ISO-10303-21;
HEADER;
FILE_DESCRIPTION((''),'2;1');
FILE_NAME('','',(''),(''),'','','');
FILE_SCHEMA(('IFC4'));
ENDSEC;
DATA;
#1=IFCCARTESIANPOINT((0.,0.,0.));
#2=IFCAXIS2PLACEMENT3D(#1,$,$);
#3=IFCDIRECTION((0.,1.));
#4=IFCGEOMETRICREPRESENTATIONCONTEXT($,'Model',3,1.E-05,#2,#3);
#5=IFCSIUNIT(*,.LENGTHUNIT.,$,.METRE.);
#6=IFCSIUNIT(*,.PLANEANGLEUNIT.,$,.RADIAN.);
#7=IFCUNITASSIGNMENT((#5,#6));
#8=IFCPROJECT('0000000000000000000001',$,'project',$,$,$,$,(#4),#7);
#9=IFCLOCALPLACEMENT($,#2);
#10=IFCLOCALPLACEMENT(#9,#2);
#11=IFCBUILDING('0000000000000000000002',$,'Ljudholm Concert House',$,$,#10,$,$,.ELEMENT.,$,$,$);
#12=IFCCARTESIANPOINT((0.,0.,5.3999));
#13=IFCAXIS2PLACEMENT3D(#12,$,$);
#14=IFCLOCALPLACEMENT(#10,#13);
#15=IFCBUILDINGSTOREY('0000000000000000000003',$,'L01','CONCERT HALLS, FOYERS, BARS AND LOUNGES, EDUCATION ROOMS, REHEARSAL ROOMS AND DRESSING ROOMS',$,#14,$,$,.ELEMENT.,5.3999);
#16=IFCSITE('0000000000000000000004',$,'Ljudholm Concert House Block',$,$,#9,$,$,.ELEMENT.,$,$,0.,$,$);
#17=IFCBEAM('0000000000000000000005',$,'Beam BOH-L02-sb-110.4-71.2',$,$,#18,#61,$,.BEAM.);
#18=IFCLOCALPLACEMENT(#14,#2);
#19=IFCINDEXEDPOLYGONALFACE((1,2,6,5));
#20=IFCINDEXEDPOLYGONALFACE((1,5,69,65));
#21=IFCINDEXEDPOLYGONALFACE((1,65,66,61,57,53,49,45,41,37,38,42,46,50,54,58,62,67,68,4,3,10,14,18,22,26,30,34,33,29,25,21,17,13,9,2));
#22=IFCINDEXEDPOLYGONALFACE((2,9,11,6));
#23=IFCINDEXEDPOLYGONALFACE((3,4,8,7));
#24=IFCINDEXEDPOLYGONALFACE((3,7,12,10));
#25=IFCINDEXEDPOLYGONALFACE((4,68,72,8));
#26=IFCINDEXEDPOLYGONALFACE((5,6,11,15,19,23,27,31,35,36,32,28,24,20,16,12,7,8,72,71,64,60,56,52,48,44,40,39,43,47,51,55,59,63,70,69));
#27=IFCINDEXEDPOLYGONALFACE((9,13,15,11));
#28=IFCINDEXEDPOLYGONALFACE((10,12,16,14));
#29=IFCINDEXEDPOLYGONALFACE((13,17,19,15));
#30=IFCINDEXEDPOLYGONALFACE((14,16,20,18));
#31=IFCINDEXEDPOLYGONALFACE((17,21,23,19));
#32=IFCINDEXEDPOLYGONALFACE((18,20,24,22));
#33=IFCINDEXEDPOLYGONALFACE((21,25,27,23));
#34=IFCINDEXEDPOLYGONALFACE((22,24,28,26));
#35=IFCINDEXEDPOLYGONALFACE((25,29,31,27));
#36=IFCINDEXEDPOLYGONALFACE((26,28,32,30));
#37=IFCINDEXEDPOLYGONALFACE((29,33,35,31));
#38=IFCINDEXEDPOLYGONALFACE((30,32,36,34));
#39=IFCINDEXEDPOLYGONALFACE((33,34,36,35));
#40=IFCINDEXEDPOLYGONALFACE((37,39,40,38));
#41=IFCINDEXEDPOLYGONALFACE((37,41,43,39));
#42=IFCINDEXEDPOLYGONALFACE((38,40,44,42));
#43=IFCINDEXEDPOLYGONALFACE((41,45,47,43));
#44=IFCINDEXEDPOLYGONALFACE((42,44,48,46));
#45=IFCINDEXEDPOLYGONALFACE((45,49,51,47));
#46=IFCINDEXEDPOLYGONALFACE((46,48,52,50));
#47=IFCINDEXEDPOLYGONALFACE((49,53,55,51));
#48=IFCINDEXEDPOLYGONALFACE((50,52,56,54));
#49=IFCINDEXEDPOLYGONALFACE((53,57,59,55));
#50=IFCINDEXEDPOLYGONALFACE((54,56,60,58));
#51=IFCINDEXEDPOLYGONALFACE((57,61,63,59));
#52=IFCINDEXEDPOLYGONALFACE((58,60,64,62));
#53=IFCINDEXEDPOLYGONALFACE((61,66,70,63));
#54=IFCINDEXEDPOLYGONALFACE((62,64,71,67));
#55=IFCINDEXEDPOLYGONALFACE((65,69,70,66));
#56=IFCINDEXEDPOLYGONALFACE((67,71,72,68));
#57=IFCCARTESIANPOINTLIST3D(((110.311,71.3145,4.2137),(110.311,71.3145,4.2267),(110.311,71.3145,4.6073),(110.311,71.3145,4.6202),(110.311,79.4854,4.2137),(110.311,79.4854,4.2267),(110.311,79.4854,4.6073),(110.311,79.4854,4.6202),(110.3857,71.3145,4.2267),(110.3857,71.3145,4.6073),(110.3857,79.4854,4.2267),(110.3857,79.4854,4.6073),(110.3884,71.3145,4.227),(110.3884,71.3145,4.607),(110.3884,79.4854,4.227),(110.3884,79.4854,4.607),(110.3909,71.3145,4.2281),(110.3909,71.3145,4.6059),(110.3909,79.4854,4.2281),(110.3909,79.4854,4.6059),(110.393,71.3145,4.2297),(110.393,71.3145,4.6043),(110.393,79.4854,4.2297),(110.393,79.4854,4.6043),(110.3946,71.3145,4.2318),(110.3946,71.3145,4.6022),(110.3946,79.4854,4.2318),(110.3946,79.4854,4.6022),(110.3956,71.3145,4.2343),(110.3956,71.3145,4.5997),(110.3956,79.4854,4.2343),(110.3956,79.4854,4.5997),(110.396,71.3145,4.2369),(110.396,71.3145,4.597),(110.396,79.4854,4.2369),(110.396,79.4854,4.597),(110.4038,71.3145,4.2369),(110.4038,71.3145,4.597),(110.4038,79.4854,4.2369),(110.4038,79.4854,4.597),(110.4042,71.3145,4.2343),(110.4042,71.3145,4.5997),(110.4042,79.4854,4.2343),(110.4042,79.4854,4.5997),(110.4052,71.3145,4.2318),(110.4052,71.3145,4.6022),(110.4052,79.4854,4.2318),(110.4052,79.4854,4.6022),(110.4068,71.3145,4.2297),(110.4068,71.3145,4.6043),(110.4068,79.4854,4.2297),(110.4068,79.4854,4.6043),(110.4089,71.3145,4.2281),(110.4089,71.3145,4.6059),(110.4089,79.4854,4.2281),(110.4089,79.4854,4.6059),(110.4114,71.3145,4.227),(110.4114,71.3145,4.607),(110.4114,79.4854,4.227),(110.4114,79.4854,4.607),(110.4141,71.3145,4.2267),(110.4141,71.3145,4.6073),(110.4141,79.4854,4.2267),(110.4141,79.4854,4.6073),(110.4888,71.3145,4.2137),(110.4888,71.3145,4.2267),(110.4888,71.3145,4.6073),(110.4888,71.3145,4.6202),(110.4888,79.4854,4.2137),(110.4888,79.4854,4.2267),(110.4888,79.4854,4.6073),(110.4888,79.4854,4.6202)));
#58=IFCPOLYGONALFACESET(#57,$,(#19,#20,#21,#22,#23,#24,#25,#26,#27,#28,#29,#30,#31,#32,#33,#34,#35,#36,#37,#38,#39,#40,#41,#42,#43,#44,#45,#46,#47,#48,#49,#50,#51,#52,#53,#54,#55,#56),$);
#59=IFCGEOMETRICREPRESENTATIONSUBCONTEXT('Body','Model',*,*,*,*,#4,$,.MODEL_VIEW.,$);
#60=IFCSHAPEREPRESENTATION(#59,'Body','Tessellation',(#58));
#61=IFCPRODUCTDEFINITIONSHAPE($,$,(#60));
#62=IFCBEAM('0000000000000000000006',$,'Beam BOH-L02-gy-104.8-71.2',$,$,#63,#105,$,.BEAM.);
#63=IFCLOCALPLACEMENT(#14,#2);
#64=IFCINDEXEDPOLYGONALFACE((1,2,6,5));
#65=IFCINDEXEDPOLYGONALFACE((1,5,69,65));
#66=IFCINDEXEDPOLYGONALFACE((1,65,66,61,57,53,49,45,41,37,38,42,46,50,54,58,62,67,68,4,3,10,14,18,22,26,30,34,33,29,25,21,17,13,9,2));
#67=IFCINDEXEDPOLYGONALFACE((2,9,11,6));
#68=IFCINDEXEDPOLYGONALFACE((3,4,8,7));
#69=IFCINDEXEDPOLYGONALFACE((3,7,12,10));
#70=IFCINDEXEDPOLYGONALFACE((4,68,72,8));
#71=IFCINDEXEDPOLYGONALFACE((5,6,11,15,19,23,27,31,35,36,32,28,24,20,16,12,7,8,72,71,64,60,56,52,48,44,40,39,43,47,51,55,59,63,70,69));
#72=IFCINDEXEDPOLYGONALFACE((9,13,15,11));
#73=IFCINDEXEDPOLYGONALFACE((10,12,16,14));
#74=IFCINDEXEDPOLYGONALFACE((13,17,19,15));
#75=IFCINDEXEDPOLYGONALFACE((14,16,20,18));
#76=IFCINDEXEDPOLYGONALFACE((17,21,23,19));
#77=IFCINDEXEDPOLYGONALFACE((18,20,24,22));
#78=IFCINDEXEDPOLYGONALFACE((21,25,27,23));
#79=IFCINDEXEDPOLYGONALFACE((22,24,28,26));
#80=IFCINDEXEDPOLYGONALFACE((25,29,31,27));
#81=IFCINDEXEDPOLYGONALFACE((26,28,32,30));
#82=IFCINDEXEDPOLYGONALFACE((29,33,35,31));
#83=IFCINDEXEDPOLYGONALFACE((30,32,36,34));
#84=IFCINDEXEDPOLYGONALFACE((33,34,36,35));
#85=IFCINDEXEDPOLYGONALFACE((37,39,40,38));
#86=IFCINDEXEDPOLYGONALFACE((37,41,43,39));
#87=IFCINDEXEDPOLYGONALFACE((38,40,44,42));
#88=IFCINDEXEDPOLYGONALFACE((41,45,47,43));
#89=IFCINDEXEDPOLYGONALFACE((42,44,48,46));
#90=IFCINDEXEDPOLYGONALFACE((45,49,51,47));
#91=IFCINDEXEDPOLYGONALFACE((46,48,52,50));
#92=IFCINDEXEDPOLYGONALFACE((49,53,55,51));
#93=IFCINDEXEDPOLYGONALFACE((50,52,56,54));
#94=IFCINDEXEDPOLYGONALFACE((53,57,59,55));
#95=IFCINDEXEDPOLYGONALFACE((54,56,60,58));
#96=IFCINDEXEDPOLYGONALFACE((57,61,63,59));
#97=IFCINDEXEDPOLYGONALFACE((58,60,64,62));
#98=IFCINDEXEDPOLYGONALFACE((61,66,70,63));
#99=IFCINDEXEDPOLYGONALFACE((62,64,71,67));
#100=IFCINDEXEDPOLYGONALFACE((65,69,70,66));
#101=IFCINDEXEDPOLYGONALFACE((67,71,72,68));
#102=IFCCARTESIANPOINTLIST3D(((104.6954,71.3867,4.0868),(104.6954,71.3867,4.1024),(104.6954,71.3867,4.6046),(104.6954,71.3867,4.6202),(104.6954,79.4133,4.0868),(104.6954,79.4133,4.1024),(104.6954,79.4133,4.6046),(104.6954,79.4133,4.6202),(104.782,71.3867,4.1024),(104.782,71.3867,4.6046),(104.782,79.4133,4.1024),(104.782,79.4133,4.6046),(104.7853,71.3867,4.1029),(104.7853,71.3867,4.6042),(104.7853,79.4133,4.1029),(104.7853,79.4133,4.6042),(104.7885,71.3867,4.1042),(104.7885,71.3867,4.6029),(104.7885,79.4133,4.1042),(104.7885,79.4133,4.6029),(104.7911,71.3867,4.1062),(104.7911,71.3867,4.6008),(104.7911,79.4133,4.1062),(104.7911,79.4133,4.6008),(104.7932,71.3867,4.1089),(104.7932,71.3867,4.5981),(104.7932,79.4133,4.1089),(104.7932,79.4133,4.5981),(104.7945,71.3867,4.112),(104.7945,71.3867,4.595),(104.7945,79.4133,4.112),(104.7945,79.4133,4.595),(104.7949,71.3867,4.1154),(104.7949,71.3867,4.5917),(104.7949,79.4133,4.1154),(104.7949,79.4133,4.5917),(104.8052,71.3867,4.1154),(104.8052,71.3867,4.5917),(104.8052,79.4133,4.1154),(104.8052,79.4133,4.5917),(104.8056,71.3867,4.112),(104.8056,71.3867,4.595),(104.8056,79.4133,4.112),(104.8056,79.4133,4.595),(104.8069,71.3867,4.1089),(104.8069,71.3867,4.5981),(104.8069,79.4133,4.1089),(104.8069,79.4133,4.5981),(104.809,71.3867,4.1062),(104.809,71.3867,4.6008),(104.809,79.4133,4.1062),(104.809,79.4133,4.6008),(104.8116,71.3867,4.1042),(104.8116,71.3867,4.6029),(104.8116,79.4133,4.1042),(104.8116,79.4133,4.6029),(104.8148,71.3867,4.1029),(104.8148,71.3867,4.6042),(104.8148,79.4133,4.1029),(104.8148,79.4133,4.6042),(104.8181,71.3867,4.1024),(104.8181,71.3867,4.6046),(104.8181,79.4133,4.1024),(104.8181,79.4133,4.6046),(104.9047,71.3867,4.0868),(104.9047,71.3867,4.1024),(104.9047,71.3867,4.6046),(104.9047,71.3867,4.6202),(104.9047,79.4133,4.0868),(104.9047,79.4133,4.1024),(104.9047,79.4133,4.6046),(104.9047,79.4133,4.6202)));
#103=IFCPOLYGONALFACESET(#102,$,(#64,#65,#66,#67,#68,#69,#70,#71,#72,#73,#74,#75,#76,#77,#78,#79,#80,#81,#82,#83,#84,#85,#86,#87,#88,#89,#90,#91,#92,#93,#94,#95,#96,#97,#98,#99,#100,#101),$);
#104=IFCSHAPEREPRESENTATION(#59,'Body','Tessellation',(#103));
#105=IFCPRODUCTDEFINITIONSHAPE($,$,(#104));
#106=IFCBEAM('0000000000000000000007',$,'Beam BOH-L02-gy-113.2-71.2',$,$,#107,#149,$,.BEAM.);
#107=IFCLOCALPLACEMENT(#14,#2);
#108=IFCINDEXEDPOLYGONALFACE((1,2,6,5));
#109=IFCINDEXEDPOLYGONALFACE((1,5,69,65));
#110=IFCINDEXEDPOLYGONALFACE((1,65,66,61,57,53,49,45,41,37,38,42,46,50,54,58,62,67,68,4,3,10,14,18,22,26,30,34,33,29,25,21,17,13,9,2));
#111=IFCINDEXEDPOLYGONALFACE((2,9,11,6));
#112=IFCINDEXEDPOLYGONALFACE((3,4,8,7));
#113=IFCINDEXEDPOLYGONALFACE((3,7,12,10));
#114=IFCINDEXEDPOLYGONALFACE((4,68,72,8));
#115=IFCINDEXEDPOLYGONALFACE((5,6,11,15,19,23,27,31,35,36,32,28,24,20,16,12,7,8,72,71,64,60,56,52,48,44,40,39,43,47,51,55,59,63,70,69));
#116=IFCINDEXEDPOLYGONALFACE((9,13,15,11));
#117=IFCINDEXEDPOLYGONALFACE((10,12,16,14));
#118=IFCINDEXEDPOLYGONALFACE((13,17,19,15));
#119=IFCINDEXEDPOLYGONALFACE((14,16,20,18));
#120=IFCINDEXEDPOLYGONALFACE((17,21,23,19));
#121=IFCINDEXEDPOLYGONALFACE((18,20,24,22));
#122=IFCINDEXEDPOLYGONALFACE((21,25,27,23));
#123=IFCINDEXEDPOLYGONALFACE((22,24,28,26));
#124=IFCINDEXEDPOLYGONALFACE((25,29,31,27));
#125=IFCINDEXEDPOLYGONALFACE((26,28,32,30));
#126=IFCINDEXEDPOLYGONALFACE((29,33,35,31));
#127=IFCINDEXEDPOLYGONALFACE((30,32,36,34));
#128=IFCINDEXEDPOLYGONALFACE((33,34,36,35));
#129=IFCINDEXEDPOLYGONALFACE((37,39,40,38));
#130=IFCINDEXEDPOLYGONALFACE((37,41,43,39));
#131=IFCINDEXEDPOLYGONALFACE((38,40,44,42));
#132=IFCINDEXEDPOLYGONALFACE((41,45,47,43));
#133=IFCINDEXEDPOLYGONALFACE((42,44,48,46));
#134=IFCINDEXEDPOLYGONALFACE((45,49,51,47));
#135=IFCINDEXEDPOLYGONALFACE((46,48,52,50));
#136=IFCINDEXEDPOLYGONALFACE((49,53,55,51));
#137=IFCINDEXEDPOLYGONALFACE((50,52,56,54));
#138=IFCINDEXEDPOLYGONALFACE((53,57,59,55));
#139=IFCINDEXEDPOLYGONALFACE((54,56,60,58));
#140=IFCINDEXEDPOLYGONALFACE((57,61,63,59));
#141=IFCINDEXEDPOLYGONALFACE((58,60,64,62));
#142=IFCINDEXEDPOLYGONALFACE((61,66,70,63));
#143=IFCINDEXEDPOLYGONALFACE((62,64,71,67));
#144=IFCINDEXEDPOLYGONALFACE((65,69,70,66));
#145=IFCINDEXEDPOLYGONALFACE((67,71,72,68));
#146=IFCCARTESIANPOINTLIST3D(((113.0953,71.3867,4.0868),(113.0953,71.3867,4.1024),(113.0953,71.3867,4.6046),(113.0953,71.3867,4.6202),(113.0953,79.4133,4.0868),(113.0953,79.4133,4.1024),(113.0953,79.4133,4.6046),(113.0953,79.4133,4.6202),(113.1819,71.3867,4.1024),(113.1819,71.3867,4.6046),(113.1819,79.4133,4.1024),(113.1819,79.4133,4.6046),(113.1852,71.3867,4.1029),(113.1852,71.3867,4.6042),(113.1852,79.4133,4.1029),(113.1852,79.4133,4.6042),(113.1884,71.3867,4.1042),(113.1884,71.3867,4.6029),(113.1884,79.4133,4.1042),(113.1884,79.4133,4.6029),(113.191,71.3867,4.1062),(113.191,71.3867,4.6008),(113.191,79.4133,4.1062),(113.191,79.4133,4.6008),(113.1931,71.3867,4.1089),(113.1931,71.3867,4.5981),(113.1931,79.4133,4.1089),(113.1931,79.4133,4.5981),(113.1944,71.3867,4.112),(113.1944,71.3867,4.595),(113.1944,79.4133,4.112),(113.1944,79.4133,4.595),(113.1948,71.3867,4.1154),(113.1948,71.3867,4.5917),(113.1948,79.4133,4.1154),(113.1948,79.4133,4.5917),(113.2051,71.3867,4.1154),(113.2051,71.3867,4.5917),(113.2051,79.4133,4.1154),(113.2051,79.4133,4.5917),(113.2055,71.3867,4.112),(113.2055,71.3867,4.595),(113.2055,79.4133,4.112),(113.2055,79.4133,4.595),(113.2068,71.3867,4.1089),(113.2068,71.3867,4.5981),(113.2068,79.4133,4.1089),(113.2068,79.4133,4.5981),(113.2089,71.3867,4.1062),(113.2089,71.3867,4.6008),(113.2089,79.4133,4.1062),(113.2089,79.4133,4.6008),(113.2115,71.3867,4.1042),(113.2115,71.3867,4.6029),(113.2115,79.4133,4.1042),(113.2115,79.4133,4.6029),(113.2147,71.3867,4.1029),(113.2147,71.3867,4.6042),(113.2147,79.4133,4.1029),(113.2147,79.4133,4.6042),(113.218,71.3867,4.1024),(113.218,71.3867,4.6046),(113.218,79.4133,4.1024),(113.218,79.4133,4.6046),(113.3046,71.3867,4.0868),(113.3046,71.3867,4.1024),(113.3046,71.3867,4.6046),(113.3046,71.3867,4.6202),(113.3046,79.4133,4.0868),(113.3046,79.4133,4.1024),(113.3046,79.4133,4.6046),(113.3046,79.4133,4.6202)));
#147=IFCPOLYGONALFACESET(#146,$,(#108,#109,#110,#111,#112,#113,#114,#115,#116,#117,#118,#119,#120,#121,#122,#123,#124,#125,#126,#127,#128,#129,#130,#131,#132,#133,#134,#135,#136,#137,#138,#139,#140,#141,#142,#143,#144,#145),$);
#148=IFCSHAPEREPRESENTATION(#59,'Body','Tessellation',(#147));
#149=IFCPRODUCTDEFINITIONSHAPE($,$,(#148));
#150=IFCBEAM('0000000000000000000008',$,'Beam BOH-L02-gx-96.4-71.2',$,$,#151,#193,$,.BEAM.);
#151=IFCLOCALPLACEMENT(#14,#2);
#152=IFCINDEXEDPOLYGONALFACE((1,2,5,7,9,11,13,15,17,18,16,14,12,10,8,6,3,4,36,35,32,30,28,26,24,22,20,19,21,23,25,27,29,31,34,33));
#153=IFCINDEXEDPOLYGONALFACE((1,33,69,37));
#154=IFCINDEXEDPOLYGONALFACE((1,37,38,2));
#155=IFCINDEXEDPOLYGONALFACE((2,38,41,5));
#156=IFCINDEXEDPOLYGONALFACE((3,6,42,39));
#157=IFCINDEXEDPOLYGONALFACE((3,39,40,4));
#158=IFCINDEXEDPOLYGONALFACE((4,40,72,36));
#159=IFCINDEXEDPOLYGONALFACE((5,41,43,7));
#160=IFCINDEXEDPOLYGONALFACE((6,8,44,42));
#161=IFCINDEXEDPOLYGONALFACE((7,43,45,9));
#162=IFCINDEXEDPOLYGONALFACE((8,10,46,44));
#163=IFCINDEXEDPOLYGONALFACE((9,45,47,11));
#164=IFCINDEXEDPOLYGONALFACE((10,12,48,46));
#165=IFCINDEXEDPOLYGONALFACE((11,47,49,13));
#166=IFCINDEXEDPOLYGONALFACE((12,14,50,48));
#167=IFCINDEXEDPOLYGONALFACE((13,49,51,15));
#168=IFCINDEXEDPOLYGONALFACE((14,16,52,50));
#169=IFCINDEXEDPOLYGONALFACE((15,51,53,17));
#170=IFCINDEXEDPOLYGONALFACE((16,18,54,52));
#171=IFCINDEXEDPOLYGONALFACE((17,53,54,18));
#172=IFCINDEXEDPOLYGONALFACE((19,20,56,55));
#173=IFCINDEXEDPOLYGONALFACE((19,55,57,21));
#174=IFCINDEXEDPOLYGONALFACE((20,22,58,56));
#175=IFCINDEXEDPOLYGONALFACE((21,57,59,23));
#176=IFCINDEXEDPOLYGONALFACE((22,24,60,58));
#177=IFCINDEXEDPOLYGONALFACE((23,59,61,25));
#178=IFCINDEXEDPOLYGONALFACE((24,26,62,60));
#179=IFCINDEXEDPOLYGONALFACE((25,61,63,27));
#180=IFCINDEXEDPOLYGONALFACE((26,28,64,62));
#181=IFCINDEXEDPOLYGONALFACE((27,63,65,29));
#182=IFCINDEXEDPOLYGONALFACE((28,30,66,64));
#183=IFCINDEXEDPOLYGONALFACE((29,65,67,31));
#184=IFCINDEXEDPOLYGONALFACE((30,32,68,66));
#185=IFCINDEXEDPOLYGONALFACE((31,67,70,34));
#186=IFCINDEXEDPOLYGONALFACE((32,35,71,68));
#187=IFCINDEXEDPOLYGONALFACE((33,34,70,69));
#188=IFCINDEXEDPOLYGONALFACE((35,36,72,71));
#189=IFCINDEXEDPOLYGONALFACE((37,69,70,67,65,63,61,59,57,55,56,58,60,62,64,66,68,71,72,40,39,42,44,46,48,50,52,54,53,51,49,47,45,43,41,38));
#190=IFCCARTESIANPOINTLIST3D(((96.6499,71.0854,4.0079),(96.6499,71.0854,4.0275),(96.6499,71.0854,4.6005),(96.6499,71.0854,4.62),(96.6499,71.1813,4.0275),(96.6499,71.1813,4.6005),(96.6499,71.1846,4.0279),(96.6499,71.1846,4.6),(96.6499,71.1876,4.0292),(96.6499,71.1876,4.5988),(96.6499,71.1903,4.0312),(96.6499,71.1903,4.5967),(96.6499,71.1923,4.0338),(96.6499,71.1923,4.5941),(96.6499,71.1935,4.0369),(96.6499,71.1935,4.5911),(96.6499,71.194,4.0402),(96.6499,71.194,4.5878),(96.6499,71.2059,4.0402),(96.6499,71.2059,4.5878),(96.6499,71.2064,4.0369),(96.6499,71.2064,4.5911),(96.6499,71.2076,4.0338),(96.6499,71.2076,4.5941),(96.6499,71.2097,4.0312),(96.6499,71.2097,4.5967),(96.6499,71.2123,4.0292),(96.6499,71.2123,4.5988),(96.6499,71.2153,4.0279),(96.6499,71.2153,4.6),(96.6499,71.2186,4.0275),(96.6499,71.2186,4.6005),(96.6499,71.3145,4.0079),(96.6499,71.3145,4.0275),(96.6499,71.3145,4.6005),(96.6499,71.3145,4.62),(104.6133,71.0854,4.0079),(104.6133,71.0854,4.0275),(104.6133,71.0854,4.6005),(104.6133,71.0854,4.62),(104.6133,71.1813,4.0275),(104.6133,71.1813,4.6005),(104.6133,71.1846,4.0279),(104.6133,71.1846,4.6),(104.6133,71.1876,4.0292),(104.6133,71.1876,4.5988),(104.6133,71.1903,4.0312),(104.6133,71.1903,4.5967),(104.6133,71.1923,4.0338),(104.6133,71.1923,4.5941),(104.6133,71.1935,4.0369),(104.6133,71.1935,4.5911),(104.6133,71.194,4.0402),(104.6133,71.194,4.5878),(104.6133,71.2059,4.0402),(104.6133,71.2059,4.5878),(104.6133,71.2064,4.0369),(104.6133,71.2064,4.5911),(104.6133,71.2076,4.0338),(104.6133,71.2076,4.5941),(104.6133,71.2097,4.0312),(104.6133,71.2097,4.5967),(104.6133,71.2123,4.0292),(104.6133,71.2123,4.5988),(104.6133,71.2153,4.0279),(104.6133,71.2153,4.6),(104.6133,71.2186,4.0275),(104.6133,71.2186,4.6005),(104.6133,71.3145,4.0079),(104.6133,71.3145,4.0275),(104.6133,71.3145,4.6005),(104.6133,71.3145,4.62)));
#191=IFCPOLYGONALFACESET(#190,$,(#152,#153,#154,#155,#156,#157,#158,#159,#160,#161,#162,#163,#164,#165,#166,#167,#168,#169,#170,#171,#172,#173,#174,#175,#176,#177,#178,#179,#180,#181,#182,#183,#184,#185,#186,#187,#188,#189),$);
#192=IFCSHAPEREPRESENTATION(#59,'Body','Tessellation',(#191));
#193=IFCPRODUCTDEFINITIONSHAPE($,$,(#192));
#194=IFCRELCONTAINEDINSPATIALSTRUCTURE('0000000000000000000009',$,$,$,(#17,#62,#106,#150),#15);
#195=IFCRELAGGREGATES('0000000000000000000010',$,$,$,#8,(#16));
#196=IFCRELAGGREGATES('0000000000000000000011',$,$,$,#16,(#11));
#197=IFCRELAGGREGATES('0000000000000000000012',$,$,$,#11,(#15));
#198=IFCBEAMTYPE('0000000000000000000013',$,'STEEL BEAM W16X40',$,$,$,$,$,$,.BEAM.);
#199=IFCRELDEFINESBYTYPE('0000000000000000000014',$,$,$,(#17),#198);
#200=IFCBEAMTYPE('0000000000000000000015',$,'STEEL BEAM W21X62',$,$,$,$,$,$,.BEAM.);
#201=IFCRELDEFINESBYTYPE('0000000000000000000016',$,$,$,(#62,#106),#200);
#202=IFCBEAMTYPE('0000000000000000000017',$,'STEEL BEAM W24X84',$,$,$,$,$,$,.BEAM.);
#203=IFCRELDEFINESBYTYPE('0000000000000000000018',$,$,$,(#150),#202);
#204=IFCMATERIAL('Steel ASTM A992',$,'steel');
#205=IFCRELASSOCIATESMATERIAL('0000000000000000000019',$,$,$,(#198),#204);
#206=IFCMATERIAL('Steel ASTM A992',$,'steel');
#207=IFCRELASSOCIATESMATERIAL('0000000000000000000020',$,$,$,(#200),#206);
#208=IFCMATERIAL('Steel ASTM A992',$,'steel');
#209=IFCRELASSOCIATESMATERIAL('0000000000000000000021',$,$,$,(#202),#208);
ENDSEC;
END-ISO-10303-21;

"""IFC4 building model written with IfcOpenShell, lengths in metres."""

from ifc_helpers import new_model, si_unit, direction, frame, origin, origin_2d, place, context, subcontext, project, spatial, i_section, extrude, material, material_profile, profile_set, type_object, element, save


model = new_model("IFC4")

# Units and contexts
model_context = context("Model", 3, precision=1e-05, world=origin(), true_north=direction((0.0, 1.0)))
body_context = subcontext(model_context, "Body", "Model", "MODEL_VIEW")
ifc_project = project(units=[si_unit("LENGTHUNIT", "METRE"), si_unit("PLANEANGLEUNIT", "RADIAN")], contexts=[model_context])

# Site, building, storey
site_placement = place(None, origin())
site = spatial("IfcSite", under=ifc_project, at=site_placement, Name="Ljudholm Concert House Block", CompositionType="ELEMENT", RefElevation=0.0)
building_placement = place(site_placement, origin())
building = spatial("IfcBuilding", under=site, at=building_placement, Name="Ljudholm Concert House", CompositionType="ELEMENT")
storey_placement = place(building_placement, frame((0.0, 0.0, 5.3999)))
storey = spatial("IfcBuildingStorey", under=building, at=storey_placement, Name="L01", Description="CONCERT HALLS, FOYERS, BARS AND LOUNGES, EDUCATION ROOMS, REHEARSAL ROOMS AND DRESSING ROOMS", CompositionType="ELEMENT", Elevation=5.3999)

# Beams
ifc_material_1 = material(Name="Steel ASTM A992", Category="steel")
ifc_material_profile_1 = material_profile(ifc_material_1, i_section(OverallWidth=0.1777, OverallDepth=0.4065, WebThickness=0.0078, FlangeThickness=0.0129, FilletRadius=0.0103, at=origin_2d()), Name="W16X40")
ifc_profile_set_1 = profile_set([ifc_material_profile_1], Name="Steel ASTM A992")
beam_type_1 = type_object("IfcBeamType", Name="STEEL BEAM W16X40", PredefinedType="BEAM", material=ifc_profile_set_1)
for number, where, z_axis, x_axis, name in (
    (1, (110.3999, 71.3145, 4.417), (0.0, 1.0, 0.0), (-1.0, 0.0, 0.0), "Beam BOH-L02-sb-110.4-71.2"),
):
    element("IfcBeam", number, at=place(storey_placement, frame(where, z_axis=z_axis, x_axis=x_axis)), inside=storey, type_object=beam_type_1, Name=name, PredefinedType="BEAM", context=body_context, shape_type="SweptSolid", body=[
        extrude(i_section(OverallWidth=0.1777, OverallDepth=0.4065, WebThickness=0.0078, FlangeThickness=0.0129, FilletRadius=0.0103, at=origin_2d()), origin(), (0.0, 0.0, 1.0), 8.1709),
    ])
ifc_material_2 = material(Name="Steel ASTM A992", Category="steel")
ifc_material_profile_2 = material_profile(ifc_material_2, i_section(OverallWidth=0.2092, OverallDepth=0.5334, WebThickness=0.0103, FlangeThickness=0.0156, FilletRadius=0.0129, at=origin_2d()), Name="W21X62")
ifc_profile_set_2 = profile_set([ifc_material_profile_2], Name="Steel ASTM A992")
beam_type_2 = type_object("IfcBeamType", Name="STEEL BEAM W21X62", PredefinedType="BEAM", material=ifc_profile_set_2)
for number, where, z_axis, x_axis, name in (
    (2, (104.8, 71.3867, 4.3535), (0.0, 1.0, 0.0), (-1.0, 0.0, 0.0), "Beam BOH-L02-gy-104.8-71.2"),
    (3, (113.2, 71.3867, 4.3535), (0.0, 1.0, 0.0), (-1.0, 0.0, 0.0), "Beam BOH-L02-gy-113.2-71.2"),
):
    element("IfcBeam", number, at=place(storey_placement, frame(where, z_axis=z_axis, x_axis=x_axis)), inside=storey, type_object=beam_type_2, Name=name, PredefinedType="BEAM", context=body_context, shape_type="SweptSolid", body=[
        extrude(i_section(OverallWidth=0.2092, OverallDepth=0.5334, WebThickness=0.0103, FlangeThickness=0.0156, FilletRadius=0.0129, at=origin_2d()), origin(), (0.0, 0.0, 1.0), 8.0266),
    ])
ifc_material_3 = material(Name="Steel ASTM A992", Category="steel")
ifc_material_profile_3 = material_profile(ifc_material_3, i_section(OverallWidth=0.229, OverallDepth=0.6121, WebThickness=0.012, FlangeThickness=0.0195, FilletRadius=0.0127, at=origin_2d()), Name="W24X84")
ifc_profile_set_3 = profile_set([ifc_material_profile_3], Name="Steel ASTM A992")
beam_type_3 = type_object("IfcBeamType", Name="STEEL BEAM W24X84", PredefinedType="BEAM", material=ifc_profile_set_3)
beam_1_placement = place(storey_placement, frame((96.6499, 71.2, 4.314), z_axis=(1.0, 0.0, 0.0), x_axis=(0.0, 1.0, 0.0)))
element("IfcBeam", 4, at=beam_1_placement, inside=storey, type_object=beam_type_3, Name="Beam BOH-L02-gx-96.4-71.2", PredefinedType="BEAM", context=body_context, shape_type="SweptSolid", body=[
    extrude(i_section(OverallWidth=0.229, OverallDepth=0.6121, WebThickness=0.012, FlangeThickness=0.0195, FilletRadius=0.0127, at=origin_2d()), origin(), (0.0, 0.0, 1.0), 7.9634),
])

save(model, "model.ifc")
